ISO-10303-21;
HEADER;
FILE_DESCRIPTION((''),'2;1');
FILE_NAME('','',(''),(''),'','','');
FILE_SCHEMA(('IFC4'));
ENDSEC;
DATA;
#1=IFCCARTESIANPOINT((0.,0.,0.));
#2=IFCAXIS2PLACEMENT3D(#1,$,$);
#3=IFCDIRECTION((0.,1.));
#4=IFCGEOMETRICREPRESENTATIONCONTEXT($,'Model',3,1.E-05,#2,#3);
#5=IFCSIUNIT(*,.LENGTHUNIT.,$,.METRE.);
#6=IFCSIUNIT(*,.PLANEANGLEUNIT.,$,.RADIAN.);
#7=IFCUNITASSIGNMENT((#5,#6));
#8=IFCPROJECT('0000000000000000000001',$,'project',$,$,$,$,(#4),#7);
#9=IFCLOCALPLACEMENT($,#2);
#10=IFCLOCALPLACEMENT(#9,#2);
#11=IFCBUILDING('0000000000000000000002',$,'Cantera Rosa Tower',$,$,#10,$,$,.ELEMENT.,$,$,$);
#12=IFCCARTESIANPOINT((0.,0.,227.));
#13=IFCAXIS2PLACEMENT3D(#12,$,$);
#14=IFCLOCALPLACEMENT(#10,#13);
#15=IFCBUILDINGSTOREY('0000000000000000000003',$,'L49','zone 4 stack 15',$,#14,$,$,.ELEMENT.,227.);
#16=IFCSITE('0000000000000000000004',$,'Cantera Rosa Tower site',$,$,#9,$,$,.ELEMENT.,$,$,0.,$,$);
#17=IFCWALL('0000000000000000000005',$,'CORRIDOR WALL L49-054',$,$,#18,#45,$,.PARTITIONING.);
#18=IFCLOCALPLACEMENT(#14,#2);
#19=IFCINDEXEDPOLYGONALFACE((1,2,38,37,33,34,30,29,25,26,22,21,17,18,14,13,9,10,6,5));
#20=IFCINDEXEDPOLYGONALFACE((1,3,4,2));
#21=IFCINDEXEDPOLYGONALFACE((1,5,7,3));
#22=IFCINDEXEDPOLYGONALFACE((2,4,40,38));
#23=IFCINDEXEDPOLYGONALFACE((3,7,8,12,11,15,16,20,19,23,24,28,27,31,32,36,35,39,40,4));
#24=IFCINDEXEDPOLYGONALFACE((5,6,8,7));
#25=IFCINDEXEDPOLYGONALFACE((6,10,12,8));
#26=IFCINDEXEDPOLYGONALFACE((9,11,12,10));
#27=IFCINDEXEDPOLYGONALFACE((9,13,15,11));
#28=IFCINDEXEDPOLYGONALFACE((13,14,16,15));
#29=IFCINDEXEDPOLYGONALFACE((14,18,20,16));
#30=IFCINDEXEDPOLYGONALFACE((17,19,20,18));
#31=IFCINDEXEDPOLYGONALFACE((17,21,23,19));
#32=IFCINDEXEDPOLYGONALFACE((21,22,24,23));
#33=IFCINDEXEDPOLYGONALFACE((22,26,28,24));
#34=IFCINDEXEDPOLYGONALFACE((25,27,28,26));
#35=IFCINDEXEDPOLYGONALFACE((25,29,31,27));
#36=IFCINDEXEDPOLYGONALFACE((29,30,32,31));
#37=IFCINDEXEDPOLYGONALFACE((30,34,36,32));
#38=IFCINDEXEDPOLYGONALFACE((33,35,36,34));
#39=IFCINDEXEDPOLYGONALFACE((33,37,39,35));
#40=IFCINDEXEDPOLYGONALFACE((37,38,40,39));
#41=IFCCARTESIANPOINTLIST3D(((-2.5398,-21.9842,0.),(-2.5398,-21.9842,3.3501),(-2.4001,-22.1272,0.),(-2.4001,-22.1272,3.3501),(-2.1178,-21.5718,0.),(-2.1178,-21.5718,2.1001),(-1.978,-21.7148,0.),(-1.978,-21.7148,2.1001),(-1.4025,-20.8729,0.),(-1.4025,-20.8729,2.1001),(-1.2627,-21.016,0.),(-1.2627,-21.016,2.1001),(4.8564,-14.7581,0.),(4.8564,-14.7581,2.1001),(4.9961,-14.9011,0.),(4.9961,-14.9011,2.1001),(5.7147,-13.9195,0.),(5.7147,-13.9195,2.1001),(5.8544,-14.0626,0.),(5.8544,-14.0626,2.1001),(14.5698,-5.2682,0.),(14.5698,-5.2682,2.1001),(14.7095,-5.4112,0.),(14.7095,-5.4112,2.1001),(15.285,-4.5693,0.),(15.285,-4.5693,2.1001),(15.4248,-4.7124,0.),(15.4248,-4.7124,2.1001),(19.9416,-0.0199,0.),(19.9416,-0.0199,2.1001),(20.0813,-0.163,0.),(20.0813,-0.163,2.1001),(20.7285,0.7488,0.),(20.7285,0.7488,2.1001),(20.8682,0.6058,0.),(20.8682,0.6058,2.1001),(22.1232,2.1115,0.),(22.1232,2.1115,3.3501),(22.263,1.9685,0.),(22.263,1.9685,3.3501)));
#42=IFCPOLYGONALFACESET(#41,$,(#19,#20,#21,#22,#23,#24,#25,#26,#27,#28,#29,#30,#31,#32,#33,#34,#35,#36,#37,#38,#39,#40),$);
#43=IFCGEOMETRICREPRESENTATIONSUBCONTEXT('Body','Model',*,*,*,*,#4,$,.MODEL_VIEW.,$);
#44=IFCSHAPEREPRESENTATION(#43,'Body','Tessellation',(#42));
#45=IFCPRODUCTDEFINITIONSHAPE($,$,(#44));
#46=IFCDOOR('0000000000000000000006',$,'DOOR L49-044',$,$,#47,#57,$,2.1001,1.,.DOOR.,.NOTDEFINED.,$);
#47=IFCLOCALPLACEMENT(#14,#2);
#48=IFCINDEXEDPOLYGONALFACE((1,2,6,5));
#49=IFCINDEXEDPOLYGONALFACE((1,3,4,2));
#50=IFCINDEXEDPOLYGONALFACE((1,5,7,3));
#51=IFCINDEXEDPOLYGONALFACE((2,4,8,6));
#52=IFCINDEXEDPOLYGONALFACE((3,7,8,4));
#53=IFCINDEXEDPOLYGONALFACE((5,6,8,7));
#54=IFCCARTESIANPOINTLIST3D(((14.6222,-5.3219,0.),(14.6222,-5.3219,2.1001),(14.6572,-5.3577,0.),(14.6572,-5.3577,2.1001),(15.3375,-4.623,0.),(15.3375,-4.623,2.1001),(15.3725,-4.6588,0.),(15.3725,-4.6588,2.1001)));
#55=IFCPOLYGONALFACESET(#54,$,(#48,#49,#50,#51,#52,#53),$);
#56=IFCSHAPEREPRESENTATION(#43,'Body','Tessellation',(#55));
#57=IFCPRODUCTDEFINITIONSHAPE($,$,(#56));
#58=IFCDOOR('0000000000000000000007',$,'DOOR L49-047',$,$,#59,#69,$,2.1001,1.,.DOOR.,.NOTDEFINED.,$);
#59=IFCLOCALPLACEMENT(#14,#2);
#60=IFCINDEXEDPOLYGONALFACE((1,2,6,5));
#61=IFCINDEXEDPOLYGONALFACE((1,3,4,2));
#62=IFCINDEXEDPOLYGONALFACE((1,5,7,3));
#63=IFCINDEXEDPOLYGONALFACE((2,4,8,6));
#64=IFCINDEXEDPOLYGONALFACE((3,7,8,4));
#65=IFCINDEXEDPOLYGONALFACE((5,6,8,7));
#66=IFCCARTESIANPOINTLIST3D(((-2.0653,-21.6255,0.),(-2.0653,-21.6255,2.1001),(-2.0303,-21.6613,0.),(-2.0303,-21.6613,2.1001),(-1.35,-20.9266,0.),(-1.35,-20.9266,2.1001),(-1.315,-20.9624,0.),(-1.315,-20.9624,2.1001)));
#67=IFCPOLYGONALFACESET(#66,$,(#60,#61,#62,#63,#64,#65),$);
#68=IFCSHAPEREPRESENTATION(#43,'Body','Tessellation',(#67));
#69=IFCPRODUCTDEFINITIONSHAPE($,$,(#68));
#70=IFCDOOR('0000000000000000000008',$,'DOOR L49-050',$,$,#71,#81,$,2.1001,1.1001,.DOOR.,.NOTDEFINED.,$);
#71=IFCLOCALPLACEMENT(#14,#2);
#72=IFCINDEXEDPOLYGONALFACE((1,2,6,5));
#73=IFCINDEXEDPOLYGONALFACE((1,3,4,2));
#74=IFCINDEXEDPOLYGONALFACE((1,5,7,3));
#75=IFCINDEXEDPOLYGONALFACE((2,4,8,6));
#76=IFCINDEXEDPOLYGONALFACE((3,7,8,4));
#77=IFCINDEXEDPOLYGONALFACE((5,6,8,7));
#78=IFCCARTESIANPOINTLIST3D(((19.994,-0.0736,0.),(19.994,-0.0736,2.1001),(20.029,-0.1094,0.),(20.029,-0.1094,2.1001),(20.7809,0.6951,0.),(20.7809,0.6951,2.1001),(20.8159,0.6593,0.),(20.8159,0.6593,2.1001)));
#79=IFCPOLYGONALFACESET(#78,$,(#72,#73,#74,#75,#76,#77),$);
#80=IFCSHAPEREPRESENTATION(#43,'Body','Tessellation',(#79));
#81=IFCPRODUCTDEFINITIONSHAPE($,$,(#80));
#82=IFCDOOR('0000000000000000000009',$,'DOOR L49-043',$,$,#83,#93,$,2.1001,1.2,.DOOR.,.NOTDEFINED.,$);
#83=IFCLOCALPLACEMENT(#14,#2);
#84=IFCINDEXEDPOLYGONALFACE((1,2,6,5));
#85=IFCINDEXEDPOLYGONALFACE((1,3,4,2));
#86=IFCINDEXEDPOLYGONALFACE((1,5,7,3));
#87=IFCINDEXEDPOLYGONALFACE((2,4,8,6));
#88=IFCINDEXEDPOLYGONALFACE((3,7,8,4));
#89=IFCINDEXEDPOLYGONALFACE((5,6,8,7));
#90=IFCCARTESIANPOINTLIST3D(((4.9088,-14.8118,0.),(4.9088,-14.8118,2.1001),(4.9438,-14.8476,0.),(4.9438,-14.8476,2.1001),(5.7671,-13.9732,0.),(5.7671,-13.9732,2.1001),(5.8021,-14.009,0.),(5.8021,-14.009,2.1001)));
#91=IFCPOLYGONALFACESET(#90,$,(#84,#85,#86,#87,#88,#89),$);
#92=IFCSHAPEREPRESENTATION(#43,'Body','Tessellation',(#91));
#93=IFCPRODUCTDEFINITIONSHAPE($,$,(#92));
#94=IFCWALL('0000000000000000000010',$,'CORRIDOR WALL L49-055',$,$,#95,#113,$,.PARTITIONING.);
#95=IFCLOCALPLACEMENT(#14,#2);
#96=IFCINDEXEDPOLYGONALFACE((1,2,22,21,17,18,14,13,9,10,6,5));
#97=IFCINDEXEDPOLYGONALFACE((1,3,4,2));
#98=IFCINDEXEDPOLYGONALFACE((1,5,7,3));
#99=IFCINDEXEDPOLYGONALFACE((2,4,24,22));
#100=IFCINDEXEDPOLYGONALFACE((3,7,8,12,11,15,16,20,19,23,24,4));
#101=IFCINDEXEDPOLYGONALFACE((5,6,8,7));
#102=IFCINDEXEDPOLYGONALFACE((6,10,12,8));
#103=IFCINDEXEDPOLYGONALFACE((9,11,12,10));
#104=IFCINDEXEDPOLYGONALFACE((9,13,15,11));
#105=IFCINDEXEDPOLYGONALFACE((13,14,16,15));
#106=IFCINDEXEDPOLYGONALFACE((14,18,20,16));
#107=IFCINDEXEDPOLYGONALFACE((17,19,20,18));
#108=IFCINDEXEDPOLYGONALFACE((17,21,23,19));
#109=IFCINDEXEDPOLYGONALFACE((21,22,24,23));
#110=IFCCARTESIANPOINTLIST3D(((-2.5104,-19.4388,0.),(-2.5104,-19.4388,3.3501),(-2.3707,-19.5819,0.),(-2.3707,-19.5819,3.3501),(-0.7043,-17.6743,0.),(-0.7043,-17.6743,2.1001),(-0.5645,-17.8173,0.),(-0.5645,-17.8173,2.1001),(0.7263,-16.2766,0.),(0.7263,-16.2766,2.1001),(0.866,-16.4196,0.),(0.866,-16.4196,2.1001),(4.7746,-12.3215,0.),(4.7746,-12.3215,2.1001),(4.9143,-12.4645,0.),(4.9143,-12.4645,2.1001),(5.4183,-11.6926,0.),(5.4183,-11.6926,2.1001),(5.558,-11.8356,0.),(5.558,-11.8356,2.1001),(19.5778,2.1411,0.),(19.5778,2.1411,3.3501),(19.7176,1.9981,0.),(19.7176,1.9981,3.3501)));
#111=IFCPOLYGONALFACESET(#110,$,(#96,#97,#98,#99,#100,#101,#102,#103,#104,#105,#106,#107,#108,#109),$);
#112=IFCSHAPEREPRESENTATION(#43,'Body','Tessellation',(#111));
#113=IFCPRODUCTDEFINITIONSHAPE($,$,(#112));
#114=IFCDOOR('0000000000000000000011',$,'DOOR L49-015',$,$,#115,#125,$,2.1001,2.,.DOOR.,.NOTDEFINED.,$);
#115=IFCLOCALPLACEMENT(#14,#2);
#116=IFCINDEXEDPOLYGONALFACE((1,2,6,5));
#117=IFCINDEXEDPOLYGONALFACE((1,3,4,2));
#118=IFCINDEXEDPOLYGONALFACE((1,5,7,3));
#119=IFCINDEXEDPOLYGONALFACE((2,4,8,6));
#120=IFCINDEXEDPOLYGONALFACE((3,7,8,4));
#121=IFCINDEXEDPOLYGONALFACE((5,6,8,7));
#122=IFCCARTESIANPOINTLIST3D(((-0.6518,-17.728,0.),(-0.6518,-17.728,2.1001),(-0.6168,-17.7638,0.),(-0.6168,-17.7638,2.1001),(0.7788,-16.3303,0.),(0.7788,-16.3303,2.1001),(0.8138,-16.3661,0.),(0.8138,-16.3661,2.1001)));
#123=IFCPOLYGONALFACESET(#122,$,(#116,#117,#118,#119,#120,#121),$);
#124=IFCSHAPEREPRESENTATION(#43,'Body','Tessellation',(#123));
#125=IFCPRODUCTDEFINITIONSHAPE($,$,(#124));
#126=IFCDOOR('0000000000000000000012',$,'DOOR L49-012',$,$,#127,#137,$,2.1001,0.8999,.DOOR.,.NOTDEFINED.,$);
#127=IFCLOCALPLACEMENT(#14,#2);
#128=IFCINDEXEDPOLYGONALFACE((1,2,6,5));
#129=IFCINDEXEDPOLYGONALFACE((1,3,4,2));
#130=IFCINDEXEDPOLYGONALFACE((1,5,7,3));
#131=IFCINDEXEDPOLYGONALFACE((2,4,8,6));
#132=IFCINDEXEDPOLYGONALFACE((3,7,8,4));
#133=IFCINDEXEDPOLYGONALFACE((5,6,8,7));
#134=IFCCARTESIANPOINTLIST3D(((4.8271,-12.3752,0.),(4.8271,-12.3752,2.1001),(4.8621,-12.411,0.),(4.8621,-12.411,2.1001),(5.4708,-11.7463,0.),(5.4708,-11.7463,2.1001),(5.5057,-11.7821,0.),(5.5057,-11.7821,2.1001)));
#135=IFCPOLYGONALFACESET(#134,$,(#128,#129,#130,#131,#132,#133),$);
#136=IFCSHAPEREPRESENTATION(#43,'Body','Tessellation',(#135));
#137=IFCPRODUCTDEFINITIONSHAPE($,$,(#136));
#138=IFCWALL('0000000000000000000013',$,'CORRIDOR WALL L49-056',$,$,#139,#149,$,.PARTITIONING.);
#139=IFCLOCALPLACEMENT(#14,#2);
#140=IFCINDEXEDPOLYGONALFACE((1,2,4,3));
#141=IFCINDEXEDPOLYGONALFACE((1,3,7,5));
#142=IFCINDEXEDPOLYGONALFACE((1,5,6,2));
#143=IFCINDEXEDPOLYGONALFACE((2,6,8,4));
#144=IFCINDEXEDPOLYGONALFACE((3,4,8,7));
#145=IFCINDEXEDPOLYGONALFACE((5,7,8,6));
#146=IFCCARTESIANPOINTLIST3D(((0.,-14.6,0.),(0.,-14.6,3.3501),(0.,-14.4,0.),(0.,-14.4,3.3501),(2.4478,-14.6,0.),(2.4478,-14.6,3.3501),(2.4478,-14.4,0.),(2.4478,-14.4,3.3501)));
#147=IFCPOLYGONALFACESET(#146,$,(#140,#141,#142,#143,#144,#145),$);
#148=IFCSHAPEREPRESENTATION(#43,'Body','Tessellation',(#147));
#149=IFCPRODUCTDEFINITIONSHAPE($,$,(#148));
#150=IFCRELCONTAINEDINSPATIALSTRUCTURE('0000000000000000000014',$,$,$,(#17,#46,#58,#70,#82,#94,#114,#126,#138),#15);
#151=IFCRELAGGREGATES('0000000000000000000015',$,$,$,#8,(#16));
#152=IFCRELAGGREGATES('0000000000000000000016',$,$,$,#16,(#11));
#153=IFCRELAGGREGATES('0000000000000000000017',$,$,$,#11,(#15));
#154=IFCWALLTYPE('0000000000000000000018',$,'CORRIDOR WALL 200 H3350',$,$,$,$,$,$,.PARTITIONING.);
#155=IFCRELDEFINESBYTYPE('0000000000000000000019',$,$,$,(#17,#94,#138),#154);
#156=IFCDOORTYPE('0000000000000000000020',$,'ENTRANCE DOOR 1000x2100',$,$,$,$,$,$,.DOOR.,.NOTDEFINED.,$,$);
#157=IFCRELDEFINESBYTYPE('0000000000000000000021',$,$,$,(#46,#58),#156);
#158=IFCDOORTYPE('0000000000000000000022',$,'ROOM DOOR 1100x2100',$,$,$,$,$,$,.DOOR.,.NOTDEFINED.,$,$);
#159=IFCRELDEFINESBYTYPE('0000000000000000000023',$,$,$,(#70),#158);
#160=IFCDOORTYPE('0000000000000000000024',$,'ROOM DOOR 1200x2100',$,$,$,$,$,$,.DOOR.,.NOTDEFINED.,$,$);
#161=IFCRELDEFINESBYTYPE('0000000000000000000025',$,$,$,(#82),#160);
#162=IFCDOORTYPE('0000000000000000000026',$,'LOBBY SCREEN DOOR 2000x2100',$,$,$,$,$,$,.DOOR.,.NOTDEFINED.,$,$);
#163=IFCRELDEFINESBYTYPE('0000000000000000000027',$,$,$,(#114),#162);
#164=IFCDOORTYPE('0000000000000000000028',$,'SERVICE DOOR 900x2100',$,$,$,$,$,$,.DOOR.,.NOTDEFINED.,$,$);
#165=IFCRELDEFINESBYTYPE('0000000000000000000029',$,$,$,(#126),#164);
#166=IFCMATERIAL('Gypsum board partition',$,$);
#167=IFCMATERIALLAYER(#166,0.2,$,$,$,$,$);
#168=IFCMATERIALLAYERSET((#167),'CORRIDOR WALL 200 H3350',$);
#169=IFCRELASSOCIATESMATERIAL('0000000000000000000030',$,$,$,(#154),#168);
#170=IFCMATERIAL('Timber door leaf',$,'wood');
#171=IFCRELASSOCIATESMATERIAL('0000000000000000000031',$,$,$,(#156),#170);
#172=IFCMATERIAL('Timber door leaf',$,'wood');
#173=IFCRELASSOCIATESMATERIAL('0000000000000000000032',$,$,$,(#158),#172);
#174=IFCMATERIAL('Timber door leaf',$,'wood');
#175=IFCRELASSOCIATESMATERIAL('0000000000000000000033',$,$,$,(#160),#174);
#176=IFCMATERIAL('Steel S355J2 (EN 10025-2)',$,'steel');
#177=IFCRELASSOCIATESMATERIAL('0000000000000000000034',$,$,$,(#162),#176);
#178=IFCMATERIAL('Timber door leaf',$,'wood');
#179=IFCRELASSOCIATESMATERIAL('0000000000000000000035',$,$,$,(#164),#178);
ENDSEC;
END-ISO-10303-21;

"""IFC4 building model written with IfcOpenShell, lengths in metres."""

from ifc_helpers import new_model, si_unit, direction, frame, frame_2d, origin, place, context, subcontext, project, spatial, rectangle, extrude, material, layer, layer_set, type_object, element, fill, save


model = new_model("IFC4")

# Units and contexts
model_context = context("Model", 3, precision=1e-05, world=origin(), true_north=direction((0.0, 1.0)))
body_context = subcontext(model_context, "Body", "Model", "MODEL_VIEW")
ifc_project = project(units=[si_unit("LENGTHUNIT", "METRE"), si_unit("PLANEANGLEUNIT", "RADIAN")], contexts=[model_context])

# Site, building, storey
site_placement = place(None, origin())
site = spatial("IfcSite", under=ifc_project, at=site_placement, Name="Cantera Rosa Tower site", CompositionType="ELEMENT", RefElevation=0.0)
building_placement = place(site_placement, origin())
building = spatial("IfcBuilding", under=site, at=building_placement, Name="Cantera Rosa Tower", CompositionType="ELEMENT")
storey_placement = place(building_placement, frame((0.0, 0.0, 227.0)))
storey = spatial("IfcBuildingStorey", under=building, at=storey_placement, Name="L49", Description="zone 4 stack 15", CompositionType="ELEMENT", Elevation=227.0)

# Walls, openings, doors
ifc_material_1 = material(Name="Gypsum board partition")
ifc_layer_1 = layer(ifc_material_1, 0.2)
ifc_layer_set_1 = layer_set([ifc_layer_1], Name="CORRIDOR WALL 200 H3350")
wall_type_1 = type_object("IfcWallType", Name="CORRIDOR WALL 200 H3350", PredefinedType="PARTITIONING", material=ifc_layer_set_1)
wall_1_placement = place(storey_placement, frame((-2.47, -22.0557, 0.0), z_axis=(0.0, 0.0, 1.0), x_axis=(0.715287, 0.698831, 0.0)))
wall_1 = element("IfcWall", 1, at=wall_1_placement, inside=storey, type_object=wall_type_1, Name="CORRIDOR WALL L49-054", PredefinedType="PARTITIONING", context=body_context, shape_type="SweptSolid", body=[
    extrude(rectangle(XDim=34.48, YDim=0.2, at=frame_2d((17.24, 0.0))), origin(), (0.0, 0.0, 1.0), 3.3501),
])
opening_1_placement = place(wall_1_placement, frame((10.3401, 0.0, 0.0)))
opening_1 = element("IfcOpeningElement", 2, at=opening_1_placement, cuts=wall_1, PredefinedType="OPENING", context=body_context, shape_type="SweptSolid", body=[
    extrude(rectangle(XDim=1.2, YDim=2.1001, at=frame_2d((0.6001, 1.05))), frame((0.0, 0.1099, 0.0), z_axis=(0.0, -1.0, 0.0), x_axis=(1.0, 0.0, 0.0)), (0.0, 0.0, 1.0), 0.22),
])
opening_2_placement = place(wall_1_placement, frame((23.9199, 0.0, 0.0)))
opening_2 = element("IfcOpeningElement", 3, at=opening_2_placement, cuts=wall_1, PredefinedType="OPENING", context=body_context, shape_type="SweptSolid", body=[
    extrude(rectangle(XDim=1.0, YDim=2.1001, at=frame_2d((0.5, 1.05))), frame((0.0, 0.1099, 0.0), z_axis=(0.0, -1.0, 0.0), x_axis=(1.0, 0.0, 0.0)), (0.0, 0.0, 1.0), 0.22),
])
opening_3_placement = place(wall_1_placement, frame((0.5901, 0.0, 0.0)))
opening_3 = element("IfcOpeningElement", 4, at=opening_3_placement, cuts=wall_1, PredefinedType="OPENING", context=body_context, shape_type="SweptSolid", body=[
    extrude(rectangle(XDim=1.0, YDim=2.1001, at=frame_2d((0.5, 1.05))), frame((0.0, 0.1099, 0.0), z_axis=(0.0, -1.0, 0.0), x_axis=(1.0, 0.0, 0.0)), (0.0, 0.0, 1.0), 0.22),
])
opening_4_placement = place(wall_1_placement, frame((31.4299, 0.0, 0.0)))
opening_4 = element("IfcOpeningElement", 5, at=opening_4_placement, cuts=wall_1, PredefinedType="OPENING", context=body_context, shape_type="SweptSolid", body=[
    extrude(rectangle(XDim=1.1001, YDim=2.1001, at=frame_2d((0.55, 1.05))), frame((0.0, 0.1099, 0.0), z_axis=(0.0, -1.0, 0.0), x_axis=(1.0, 0.0, 0.0)), (0.0, 0.0, 1.0), 0.22),
])
ifc_material_2 = material(Name="Timber door leaf", Category="wood")
door_type_1 = type_object("IfcDoorType", Name="ENTRANCE DOOR 1000x2100", OperationType="NOTDEFINED", PredefinedType="DOOR", material=ifc_material_2)
door_1_placement = place(opening_2_placement, origin())
door_1 = element("IfcDoor", 6, at=door_1_placement, inside=storey, type_object=door_type_1, Name="DOOR L49-044", OperationType="NOTDEFINED", OverallHeight=2.1001, OverallWidth=1.0, PredefinedType="DOOR", context=body_context, shape_type="SweptSolid", body=[
    extrude(rectangle(XDim=1.0, YDim=2.1001, at=frame_2d((0.5, 1.05))), frame((0.0, 0.0249, 0.0), z_axis=(0.0, -1.0, 0.0), x_axis=(1.0, 0.0, 0.0)), (0.0, 0.0, 1.0), 0.05),
])
fill(opening_2, door_1)
door_2_placement = place(opening_3_placement, origin())
door_2 = element("IfcDoor", 7, at=door_2_placement, inside=storey, type_object=door_type_1, Name="DOOR L49-047", OperationType="NOTDEFINED", OverallHeight=2.1001, OverallWidth=1.0, PredefinedType="DOOR", context=body_context, shape_type="SweptSolid", body=[
    extrude(rectangle(XDim=1.0, YDim=2.1001, at=frame_2d((0.5, 1.05))), frame((0.0, 0.0249, 0.0), z_axis=(0.0, -1.0, 0.0), x_axis=(1.0, 0.0, 0.0)), (0.0, 0.0, 1.0), 0.05),
])
fill(opening_3, door_2)
ifc_material_3 = material(Name="Timber door leaf", Category="wood")
door_type_2 = type_object("IfcDoorType", Name="ROOM DOOR 1100x2100", OperationType="NOTDEFINED", PredefinedType="DOOR", material=ifc_material_3)
door_3_placement = place(opening_4_placement, origin())
door_3 = element("IfcDoor", 8, at=door_3_placement, inside=storey, type_object=door_type_2, Name="DOOR L49-050", OperationType="NOTDEFINED", OverallHeight=2.1001, OverallWidth=1.1001, PredefinedType="DOOR", context=body_context, shape_type="SweptSolid", body=[
    extrude(rectangle(XDim=1.1001, YDim=2.1001, at=frame_2d((0.55, 1.05))), frame((0.0, 0.0249, 0.0), z_axis=(0.0, -1.0, 0.0), x_axis=(1.0, 0.0, 0.0)), (0.0, 0.0, 1.0), 0.05),
])
fill(opening_4, door_3)
ifc_material_4 = material(Name="Timber door leaf", Category="wood")
door_type_3 = type_object("IfcDoorType", Name="ROOM DOOR 1200x2100", OperationType="NOTDEFINED", PredefinedType="DOOR", material=ifc_material_4)
door_4_placement = place(opening_1_placement, origin())
door_4 = element("IfcDoor", 9, at=door_4_placement, inside=storey, type_object=door_type_3, Name="DOOR L49-043", OperationType="NOTDEFINED", OverallHeight=2.1001, OverallWidth=1.2, PredefinedType="DOOR", context=body_context, shape_type="SweptSolid", body=[
    extrude(rectangle(XDim=1.2, YDim=2.1001, at=frame_2d((0.6001, 1.05))), frame((0.0, 0.0249, 0.0), z_axis=(0.0, -1.0, 0.0), x_axis=(1.0, 0.0, 0.0)), (0.0, 0.0, 1.0), 0.05),
])
fill(opening_1, door_4)
wall_2_placement = place(storey_placement, frame((-2.4404, -19.5103, 0.0), z_axis=(0.0, 0.0, 1.0), x_axis=(0.715289, 0.698829, 0.0)))
wall_2 = element("IfcWall", 10, at=wall_2_placement, inside=storey, type_object=wall_type_1, Name="CORRIDOR WALL L49-055", PredefinedType="PARTITIONING", context=body_context, shape_type="SweptSolid", body=[
    extrude(rectangle(XDim=30.8801, YDim=0.2, at=frame_2d((15.4399, 0.0))), origin(), (0.0, 0.0, 1.0), 3.3501),
])
opening_5_placement = place(wall_2_placement, frame((10.1846, 0.0, 0.0)))
opening_5 = element("IfcOpeningElement", 11, at=opening_5_placement, cuts=wall_2, PredefinedType="OPENING", context=body_context, shape_type="SweptSolid", body=[
    extrude(rectangle(XDim=0.8999, YDim=2.1001, at=frame_2d((0.45, 1.05))), frame((0.0, 0.1099, 0.0), z_axis=(0.0, -1.0, 0.0), x_axis=(1.0, 0.0, 0.0)), (0.0, 0.0, 1.0), 0.22),
])
opening_6_placement = place(wall_2_placement, frame((2.5249, 0.0, 0.0)))
opening_6 = element("IfcOpeningElement", 12, at=opening_6_placement, cuts=wall_2, PredefinedType="OPENING", context=body_context, shape_type="SweptSolid", body=[
    extrude(rectangle(XDim=2.0, YDim=2.1001, at=frame_2d((1.0, 1.05))), frame((0.0, 0.1099, 0.0), z_axis=(0.0, -1.0, 0.0), x_axis=(1.0, 0.0, 0.0)), (0.0, 0.0, 1.0), 0.22),
])
ifc_material_5 = material(Name="Steel S355J2 (EN 10025-2)", Category="steel")
door_type_4 = type_object("IfcDoorType", Name="LOBBY SCREEN DOOR 2000x2100", OperationType="NOTDEFINED", PredefinedType="DOOR", material=ifc_material_5)
door_5_placement = place(opening_6_placement, origin())
door_5 = element("IfcDoor", 13, at=door_5_placement, inside=storey, type_object=door_type_4, Name="DOOR L49-015", OperationType="NOTDEFINED", OverallHeight=2.1001, OverallWidth=2.0, PredefinedType="DOOR", context=body_context, shape_type="SweptSolid", body=[
    extrude(rectangle(XDim=2.0, YDim=2.1001, at=frame_2d((1.0, 1.05))), frame((0.0, 0.0249, 0.0), z_axis=(0.0, -1.0, 0.0), x_axis=(1.0, 0.0, 0.0)), (0.0, 0.0, 1.0), 0.05),
])
fill(opening_6, door_5)
ifc_material_6 = material(Name="Timber door leaf", Category="wood")
door_type_5 = type_object("IfcDoorType", Name="SERVICE DOOR 900x2100", OperationType="NOTDEFINED", PredefinedType="DOOR", material=ifc_material_6)
door_6_placement = place(opening_5_placement, origin())
door_6 = element("IfcDoor", 14, at=door_6_placement, inside=storey, type_object=door_type_5, Name="DOOR L49-012", OperationType="NOTDEFINED", OverallHeight=2.1001, OverallWidth=0.8999, PredefinedType="DOOR", context=body_context, shape_type="SweptSolid", body=[
    extrude(rectangle(XDim=0.8999, YDim=2.1001, at=frame_2d((0.45, 1.05))), frame((0.0, 0.0249, 0.0), z_axis=(0.0, -1.0, 0.0), x_axis=(1.0, 0.0, 0.0)), (0.0, 0.0, 1.0), 0.05),
])
fill(opening_5, door_6)

# Wall
wall_3_placement = place(storey_placement, frame((0.0, -14.5, 0.0), z_axis=(0.0, 0.0, 1.0), x_axis=(1.0, 0.0, 0.0)))
element("IfcWall", 15, at=wall_3_placement, inside=storey, type_object=wall_type_1, Name="CORRIDOR WALL L49-056", PredefinedType="PARTITIONING", context=body_context, shape_type="SweptSolid", body=[
    extrude(rectangle(XDim=2.4478, YDim=0.2, at=frame_2d((1.2239, 0.0))), origin(), (0.0, 0.0, 1.0), 3.3501),
])

save(model, "model.ifc")
